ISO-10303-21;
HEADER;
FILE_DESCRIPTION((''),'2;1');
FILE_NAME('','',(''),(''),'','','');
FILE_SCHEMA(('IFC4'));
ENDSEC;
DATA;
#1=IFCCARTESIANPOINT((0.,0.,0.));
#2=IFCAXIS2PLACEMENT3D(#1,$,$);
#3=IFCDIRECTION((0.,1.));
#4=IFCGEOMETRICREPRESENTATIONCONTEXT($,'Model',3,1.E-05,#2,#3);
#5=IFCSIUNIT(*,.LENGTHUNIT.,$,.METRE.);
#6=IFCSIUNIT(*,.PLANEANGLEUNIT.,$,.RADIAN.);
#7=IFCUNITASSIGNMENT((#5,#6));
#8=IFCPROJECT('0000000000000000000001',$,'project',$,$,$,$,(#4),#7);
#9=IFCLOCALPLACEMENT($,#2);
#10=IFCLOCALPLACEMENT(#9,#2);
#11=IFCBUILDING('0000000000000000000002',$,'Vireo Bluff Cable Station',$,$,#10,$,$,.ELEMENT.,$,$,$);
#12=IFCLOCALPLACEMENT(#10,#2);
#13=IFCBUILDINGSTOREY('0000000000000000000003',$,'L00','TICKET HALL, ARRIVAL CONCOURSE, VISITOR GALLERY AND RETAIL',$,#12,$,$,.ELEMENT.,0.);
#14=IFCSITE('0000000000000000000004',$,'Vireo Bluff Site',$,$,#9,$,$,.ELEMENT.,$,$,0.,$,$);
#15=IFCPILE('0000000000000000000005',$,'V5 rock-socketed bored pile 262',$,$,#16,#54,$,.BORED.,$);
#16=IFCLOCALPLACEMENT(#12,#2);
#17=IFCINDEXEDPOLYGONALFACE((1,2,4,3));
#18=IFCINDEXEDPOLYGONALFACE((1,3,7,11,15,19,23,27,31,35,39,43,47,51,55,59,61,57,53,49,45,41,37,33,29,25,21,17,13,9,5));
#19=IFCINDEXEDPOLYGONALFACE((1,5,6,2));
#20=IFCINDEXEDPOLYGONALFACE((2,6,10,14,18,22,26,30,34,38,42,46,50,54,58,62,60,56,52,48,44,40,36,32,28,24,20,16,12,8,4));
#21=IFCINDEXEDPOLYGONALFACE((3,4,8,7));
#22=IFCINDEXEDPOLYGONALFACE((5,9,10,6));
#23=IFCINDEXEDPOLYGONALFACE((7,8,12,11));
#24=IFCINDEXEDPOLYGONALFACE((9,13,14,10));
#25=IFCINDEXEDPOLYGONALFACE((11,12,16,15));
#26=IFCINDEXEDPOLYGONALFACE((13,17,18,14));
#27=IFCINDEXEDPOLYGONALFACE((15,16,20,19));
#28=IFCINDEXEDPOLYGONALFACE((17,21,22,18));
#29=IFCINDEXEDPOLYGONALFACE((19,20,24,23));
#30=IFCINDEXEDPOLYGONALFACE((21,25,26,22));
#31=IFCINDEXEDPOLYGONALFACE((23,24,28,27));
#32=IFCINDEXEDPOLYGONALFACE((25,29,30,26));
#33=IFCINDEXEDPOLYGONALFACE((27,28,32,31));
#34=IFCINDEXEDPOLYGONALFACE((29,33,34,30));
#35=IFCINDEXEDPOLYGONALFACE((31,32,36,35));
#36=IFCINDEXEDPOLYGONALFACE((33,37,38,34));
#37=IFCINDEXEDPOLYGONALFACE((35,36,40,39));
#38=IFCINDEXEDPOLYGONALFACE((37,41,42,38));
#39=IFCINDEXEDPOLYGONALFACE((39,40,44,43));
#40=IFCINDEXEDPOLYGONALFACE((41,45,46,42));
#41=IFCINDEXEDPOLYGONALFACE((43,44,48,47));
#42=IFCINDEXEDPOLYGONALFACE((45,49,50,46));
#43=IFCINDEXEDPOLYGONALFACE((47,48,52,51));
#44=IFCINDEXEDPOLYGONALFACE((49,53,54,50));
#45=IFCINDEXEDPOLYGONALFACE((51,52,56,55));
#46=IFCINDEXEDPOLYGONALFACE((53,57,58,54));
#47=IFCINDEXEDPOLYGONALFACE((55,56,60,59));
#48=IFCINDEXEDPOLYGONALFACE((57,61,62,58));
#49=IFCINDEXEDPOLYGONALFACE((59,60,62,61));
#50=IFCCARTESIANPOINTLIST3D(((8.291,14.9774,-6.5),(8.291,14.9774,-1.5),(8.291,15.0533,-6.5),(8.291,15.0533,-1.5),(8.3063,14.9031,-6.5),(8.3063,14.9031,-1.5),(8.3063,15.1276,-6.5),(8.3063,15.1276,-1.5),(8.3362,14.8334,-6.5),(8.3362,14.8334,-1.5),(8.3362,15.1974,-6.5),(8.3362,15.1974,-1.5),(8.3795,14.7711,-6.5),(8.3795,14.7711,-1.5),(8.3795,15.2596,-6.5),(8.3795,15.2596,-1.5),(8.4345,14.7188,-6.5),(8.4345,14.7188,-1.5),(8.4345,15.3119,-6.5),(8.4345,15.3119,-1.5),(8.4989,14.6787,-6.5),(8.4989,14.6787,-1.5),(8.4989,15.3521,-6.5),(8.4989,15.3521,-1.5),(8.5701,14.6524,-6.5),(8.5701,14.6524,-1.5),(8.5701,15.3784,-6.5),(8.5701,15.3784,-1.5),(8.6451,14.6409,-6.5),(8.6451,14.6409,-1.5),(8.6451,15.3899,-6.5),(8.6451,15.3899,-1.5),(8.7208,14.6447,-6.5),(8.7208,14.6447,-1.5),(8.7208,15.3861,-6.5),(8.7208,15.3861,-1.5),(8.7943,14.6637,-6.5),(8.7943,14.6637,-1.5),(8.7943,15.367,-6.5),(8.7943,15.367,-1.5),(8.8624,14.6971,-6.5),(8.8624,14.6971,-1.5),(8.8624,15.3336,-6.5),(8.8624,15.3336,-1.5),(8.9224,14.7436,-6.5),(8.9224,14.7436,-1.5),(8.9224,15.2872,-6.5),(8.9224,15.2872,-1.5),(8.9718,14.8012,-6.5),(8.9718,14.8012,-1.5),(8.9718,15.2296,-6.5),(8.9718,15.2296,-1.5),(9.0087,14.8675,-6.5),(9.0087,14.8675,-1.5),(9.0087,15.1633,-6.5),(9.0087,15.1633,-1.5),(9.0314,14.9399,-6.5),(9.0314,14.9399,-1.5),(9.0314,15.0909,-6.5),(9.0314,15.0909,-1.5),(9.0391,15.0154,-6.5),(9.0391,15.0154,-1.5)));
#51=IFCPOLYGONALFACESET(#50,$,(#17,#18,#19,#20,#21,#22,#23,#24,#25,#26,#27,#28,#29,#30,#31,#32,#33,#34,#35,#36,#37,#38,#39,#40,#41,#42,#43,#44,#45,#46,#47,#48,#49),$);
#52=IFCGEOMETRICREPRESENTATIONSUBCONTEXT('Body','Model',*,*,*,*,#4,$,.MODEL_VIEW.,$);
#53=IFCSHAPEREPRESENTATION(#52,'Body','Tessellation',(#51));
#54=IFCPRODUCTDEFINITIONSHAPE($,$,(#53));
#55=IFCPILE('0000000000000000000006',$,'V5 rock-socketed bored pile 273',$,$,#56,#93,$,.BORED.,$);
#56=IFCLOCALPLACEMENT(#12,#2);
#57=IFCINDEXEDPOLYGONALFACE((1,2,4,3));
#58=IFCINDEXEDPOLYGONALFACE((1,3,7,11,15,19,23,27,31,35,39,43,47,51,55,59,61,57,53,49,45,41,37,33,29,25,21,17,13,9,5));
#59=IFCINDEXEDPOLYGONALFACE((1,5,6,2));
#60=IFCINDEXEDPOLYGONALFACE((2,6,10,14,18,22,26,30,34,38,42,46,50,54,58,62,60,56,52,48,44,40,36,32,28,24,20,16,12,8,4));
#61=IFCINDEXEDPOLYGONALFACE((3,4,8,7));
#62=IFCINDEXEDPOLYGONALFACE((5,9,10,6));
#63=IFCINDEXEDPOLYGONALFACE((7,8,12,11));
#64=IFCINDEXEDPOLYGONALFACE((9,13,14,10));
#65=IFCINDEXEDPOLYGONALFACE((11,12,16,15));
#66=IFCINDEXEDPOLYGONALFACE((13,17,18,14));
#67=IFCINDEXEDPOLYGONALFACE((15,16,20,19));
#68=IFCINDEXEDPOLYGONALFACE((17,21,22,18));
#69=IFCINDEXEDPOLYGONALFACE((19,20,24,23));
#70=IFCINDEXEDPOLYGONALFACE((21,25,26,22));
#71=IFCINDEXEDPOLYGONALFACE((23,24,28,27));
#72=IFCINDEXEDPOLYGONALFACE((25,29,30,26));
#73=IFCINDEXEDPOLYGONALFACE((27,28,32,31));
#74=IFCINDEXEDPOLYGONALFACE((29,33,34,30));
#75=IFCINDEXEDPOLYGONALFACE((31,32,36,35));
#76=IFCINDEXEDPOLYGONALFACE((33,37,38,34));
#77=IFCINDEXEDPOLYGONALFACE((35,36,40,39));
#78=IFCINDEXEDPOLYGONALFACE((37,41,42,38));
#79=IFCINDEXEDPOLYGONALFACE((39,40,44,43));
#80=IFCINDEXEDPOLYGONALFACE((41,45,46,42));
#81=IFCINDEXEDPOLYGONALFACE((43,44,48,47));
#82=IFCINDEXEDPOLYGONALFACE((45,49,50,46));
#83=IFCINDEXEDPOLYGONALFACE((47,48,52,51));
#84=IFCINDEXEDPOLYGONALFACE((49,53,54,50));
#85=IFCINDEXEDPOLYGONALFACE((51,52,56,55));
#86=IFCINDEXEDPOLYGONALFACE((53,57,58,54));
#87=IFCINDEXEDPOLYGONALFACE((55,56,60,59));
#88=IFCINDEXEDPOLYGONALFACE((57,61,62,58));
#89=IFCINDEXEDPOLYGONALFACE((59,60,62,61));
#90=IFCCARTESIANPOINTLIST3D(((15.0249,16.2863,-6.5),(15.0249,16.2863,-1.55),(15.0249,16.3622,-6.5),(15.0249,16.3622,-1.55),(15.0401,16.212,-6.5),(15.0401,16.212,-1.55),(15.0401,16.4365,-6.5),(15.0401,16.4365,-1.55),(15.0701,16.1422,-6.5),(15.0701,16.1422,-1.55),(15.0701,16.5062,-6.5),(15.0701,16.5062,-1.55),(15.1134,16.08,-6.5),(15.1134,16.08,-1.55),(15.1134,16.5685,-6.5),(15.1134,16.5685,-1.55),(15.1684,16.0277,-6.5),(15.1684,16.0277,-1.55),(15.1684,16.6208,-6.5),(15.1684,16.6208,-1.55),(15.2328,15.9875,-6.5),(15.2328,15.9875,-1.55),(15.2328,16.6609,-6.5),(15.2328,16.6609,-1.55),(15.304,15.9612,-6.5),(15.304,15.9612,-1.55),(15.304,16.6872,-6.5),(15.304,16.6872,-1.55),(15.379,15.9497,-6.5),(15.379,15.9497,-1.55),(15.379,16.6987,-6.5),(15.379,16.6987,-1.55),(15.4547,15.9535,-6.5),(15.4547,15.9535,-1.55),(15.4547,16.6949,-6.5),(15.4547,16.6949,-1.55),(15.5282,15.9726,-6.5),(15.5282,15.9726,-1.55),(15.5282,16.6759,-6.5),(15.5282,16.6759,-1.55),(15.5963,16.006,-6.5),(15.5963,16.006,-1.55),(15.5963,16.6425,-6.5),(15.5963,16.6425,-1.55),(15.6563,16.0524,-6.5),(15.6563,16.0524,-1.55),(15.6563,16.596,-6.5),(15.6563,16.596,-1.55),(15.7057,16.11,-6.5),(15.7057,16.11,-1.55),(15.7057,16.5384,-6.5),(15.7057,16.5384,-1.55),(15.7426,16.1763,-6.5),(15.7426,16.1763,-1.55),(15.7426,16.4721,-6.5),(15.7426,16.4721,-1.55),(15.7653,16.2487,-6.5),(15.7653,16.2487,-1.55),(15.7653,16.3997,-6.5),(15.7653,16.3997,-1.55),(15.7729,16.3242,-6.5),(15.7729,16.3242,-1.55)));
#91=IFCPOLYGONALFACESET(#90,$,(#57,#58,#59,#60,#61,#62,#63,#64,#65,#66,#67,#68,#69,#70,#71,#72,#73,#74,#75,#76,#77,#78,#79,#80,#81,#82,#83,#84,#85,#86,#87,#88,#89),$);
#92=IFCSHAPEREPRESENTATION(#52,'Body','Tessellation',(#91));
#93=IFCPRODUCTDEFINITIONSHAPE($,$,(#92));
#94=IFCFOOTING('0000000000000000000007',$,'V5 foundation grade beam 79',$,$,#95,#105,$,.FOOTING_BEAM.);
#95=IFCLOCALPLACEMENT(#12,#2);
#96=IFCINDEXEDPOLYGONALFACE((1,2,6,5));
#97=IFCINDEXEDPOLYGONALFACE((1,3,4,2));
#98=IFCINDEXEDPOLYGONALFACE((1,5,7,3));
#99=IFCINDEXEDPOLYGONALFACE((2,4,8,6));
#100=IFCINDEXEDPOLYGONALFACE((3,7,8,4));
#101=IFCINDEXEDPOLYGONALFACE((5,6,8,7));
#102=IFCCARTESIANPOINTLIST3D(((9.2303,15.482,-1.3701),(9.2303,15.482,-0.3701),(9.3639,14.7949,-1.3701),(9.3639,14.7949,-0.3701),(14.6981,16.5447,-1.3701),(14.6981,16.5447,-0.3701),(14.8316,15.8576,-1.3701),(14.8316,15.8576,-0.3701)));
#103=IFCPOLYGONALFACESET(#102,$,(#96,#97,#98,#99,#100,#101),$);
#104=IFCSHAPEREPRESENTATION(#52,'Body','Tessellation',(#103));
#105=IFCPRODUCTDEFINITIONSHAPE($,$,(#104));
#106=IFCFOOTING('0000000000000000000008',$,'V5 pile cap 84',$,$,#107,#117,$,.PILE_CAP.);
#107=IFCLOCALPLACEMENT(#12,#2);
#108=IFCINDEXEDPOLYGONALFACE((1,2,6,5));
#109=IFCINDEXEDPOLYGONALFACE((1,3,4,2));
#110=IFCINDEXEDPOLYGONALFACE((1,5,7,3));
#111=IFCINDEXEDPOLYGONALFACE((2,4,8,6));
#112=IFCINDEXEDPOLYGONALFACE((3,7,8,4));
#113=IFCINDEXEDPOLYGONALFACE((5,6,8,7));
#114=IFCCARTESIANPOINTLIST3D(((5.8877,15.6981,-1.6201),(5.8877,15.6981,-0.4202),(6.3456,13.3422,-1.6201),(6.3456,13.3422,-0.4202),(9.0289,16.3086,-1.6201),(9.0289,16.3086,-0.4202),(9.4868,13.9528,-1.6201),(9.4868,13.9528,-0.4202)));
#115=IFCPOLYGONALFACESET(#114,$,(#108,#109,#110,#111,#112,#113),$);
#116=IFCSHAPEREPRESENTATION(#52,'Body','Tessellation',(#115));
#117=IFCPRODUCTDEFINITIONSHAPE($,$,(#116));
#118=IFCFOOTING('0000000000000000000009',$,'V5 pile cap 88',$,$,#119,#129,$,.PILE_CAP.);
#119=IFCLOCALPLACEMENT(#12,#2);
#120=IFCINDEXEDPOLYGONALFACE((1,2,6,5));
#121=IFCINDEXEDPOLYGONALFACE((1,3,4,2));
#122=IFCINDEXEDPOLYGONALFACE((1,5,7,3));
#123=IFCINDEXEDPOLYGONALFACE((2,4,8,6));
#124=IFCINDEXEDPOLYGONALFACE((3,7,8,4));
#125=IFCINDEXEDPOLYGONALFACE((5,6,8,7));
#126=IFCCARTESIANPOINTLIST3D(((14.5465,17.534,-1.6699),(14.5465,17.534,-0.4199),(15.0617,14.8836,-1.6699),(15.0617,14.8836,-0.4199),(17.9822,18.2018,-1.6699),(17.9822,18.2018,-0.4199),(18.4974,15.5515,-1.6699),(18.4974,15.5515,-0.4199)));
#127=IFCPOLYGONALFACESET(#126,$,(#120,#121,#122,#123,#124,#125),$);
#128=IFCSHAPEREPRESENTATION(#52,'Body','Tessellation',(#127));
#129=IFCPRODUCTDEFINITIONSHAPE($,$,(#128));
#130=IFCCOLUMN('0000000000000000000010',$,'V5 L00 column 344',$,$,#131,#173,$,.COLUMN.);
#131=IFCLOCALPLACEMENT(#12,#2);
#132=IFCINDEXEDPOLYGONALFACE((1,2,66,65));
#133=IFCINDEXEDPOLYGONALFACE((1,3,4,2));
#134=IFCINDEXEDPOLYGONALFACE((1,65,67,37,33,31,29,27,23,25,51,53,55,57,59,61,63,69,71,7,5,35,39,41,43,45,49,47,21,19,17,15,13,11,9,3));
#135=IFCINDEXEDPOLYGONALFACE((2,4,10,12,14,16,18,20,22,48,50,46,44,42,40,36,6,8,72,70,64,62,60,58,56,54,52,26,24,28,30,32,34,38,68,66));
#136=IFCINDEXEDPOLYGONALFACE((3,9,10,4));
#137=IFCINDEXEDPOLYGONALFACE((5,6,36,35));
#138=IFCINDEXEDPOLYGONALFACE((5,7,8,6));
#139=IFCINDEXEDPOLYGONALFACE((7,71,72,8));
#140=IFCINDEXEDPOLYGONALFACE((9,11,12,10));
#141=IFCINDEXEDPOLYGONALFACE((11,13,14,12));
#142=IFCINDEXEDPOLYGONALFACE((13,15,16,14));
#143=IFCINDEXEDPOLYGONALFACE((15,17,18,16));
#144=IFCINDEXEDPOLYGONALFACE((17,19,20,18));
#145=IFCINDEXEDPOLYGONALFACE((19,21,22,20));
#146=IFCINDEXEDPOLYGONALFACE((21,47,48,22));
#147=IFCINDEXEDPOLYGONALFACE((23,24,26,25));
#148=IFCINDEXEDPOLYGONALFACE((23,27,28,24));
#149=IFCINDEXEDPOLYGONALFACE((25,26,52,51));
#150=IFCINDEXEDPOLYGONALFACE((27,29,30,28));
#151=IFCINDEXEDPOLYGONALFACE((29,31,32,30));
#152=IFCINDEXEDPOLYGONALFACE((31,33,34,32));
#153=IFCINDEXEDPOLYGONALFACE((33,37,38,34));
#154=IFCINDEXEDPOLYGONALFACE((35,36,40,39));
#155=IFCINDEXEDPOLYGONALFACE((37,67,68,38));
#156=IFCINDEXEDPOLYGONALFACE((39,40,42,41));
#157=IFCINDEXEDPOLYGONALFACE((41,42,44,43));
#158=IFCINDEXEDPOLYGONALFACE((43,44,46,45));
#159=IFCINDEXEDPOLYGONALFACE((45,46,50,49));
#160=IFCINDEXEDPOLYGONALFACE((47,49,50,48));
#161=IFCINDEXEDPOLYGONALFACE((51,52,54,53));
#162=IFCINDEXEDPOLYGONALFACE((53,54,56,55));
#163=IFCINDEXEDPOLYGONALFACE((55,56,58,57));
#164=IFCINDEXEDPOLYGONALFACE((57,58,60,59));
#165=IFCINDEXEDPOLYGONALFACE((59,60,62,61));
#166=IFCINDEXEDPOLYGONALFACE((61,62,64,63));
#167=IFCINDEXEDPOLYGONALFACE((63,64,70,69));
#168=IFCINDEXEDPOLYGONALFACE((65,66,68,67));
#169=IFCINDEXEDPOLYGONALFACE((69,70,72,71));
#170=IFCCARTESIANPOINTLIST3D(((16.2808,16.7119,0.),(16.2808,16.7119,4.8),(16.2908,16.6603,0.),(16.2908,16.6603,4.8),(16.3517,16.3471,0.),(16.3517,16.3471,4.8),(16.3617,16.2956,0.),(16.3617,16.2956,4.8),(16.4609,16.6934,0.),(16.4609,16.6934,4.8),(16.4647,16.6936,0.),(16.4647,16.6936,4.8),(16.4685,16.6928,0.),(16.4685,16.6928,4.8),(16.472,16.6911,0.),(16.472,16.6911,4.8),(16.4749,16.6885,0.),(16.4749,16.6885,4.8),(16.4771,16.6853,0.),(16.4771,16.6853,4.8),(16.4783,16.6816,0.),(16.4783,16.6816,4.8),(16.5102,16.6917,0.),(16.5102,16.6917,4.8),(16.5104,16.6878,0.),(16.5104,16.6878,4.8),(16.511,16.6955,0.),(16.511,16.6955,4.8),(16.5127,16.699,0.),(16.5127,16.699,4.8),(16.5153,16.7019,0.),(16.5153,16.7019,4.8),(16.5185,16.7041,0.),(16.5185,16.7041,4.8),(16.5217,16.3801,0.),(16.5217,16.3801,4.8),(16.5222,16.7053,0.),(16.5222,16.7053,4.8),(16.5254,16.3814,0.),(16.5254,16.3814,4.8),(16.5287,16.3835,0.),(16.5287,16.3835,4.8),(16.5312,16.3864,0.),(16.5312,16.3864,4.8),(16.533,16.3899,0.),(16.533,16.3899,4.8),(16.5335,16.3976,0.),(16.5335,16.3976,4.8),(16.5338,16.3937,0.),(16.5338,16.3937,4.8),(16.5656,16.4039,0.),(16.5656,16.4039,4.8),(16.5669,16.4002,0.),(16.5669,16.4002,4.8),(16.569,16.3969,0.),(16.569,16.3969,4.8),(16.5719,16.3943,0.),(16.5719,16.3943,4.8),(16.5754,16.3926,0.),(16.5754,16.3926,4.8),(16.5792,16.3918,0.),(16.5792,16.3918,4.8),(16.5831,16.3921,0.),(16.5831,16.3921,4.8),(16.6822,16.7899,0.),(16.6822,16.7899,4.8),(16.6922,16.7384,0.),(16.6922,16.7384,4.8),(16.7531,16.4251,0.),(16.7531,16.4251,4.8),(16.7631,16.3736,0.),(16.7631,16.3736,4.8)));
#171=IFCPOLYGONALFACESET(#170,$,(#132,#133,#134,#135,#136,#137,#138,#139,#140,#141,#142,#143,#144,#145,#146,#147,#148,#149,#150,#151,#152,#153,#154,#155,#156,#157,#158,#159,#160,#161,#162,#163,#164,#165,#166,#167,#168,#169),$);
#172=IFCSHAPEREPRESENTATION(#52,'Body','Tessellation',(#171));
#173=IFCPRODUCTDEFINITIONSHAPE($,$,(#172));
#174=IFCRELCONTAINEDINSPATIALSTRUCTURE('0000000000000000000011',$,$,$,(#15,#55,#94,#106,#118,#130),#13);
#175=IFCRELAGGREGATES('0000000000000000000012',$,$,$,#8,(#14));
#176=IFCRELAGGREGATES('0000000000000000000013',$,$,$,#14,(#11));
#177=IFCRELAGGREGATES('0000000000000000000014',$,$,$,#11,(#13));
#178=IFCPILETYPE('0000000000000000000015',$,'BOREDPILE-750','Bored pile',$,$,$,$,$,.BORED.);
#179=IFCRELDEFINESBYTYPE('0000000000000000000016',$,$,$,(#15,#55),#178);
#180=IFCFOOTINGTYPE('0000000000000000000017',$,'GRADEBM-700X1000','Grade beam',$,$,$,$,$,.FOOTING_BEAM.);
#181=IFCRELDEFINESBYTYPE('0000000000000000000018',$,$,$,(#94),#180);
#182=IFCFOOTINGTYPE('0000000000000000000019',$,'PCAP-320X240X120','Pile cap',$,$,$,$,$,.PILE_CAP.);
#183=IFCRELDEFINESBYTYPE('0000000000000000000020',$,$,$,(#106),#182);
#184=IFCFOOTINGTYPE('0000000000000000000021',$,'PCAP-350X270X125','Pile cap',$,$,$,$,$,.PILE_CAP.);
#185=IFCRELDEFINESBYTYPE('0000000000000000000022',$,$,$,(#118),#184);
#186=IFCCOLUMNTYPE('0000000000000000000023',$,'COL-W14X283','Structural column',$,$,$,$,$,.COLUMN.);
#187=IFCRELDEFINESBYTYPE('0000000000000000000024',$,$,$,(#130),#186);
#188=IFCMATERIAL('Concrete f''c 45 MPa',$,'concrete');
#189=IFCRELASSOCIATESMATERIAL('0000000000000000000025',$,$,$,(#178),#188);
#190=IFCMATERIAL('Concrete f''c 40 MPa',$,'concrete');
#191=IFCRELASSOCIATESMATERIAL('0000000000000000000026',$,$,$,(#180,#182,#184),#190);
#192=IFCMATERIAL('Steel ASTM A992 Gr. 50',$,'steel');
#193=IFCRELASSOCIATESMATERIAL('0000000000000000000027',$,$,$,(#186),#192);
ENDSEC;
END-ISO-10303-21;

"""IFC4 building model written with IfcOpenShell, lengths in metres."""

from ifc_helpers import new_model, si_unit, direction, frame, origin, origin_2d, place, context, subcontext, project, spatial, rectangle, circle, i_section, extrude, material, material_profile, profile_set, type_object, element, save


model = new_model("IFC4")

# Units and contexts
model_context = context("Model", 3, precision=1e-05, world=origin(), true_north=direction((0.0, 1.0)))
body_context = subcontext(model_context, "Body", "Model", "MODEL_VIEW")
ifc_project = project(units=[si_unit("LENGTHUNIT", "METRE"), si_unit("PLANEANGLEUNIT", "RADIAN")], contexts=[model_context])

# Site, building, storey
site_placement = place(None, origin())
site = spatial("IfcSite", under=ifc_project, at=site_placement, Name="Vireo Bluff Site", CompositionType="ELEMENT", RefElevation=0.0)
building_placement = place(site_placement, origin())
building = spatial("IfcBuilding", under=site, at=building_placement, Name="Vireo Bluff Cable Station", CompositionType="ELEMENT")
storey_placement = place(building_placement, origin())
storey = spatial("IfcBuildingStorey", under=building, at=storey_placement, Name="L00", Description="TICKET HALL, ARRIVAL CONCOURSE, VISITOR GALLERY AND RETAIL", CompositionType="ELEMENT", Elevation=0.0)

# Piles
ifc_material_1 = material(Name="Concrete f'c 45 MPa", Category="concrete")
ifc_material_profile_1 = material_profile(ifc_material_1, circle(Radius=0.375, at=origin_2d()), Name="BOREDPILE-750")
ifc_profile_set_1 = profile_set([ifc_material_profile_1], Name="Concrete f'c 45 MPa")
pile_type = type_object("IfcPileType", Name="BOREDPILE-750", Description="Bored pile", PredefinedType="BORED", material=ifc_profile_set_1)
pile_1_placement = place(storey_placement, frame((8.6641, 15.0154, -1.5), z_axis=(0.0, 0.0, -1.0), x_axis=(1.0, 0.0, 0.0)))
element("IfcPile", 1, at=pile_1_placement, inside=storey, type_object=pile_type, Name="V5 rock-socketed bored pile 262", PredefinedType="BORED", context=body_context, shape_type="SweptSolid", body=[
    extrude(circle(Radius=0.375, at=origin_2d()), origin(), (0.0, 0.0, 1.0), 5.0),
])
pile_2_placement = place(storey_placement, frame((15.3979, 16.3242, -1.55), z_axis=(0.0, 0.0, -1.0), x_axis=(1.0, 0.0, 0.0)))
element("IfcPile", 2, at=pile_2_placement, inside=storey, type_object=pile_type, Name="V5 rock-socketed bored pile 273", PredefinedType="BORED", context=body_context, shape_type="SweptSolid", body=[
    extrude(circle(Radius=0.375, at=origin_2d()), origin(), (0.0, 0.0, 1.0), 4.95),
])

# Footings
ifc_material_2 = material(Name="Concrete f'c 40 MPa", Category="concrete")
ifc_material_profile_2 = material_profile(ifc_material_2, rectangle(XDim=0.7, YDim=1.0, at=origin_2d()), Name="GRADEBM-700X1000")
ifc_profile_set_2 = profile_set([ifc_material_profile_2], Name="Concrete f'c 40 MPa")
footing_type_1 = type_object("IfcFootingType", Name="GRADEBM-700X1000", Description="Grade beam", PredefinedType="FOOTING_BEAM", material=ifc_profile_set_2)
footing_1_placement = place(storey_placement, frame((9.2971, 15.1384, -0.8701), z_axis=(0.98163, 0.190795, 0.0), x_axis=(-0.190795, 0.98163, 0.0)))
element("IfcFooting", 3, at=footing_1_placement, inside=storey, type_object=footing_type_1, Name="V5 foundation grade beam 79", PredefinedType="FOOTING_BEAM", context=body_context, shape_type="SweptSolid", body=[
    extrude(rectangle(XDim=0.7, YDim=1.0, at=origin_2d()), origin(), (0.0, 0.0, 1.0), 5.5701),
])
footing_type_2 = type_object("IfcFootingType", Name="PCAP-320X240X120", Description="Pile cap", PredefinedType="PILE_CAP", material=ifc_material_2)
footing_2_placement = place(storey_placement, frame((7.6873, 14.8254, -1.6201), z_axis=(0.0, 0.0, 1.0), x_axis=(0.981627, 0.190809, 0.0)))
element("IfcFooting", 4, at=footing_2_placement, inside=storey, type_object=footing_type_2, Name="V5 pile cap 84", PredefinedType="PILE_CAP", context=body_context, shape_type="SweptSolid", body=[
    extrude(rectangle(XDim=3.2, YDim=2.3999, at=origin_2d()), origin(), (0.0, 0.0, 1.0), 1.2),
])
footing_type_3 = type_object("IfcFootingType", Name="PCAP-350X270X125", Description="Pile cap", PredefinedType="PILE_CAP", material=ifc_material_2)
footing_3_placement = place(storey_placement, frame((16.522, 16.5427, -1.6699), z_axis=(0.0, 0.0, 1.0), x_axis=(0.981627, 0.190809, 0.0)))
element("IfcFooting", 5, at=footing_3_placement, inside=storey, type_object=footing_type_3, Name="V5 pile cap 88", PredefinedType="PILE_CAP", context=body_context, shape_type="SweptSolid", body=[
    extrude(rectangle(XDim=3.5, YDim=2.7, at=origin_2d()), origin(), (0.0, 0.0, 1.0), 1.25),
])

# Column
ifc_material_3 = material(Name="Steel ASTM A992 Gr. 50", Category="steel")
ifc_material_profile_3 = material_profile(ifc_material_3, i_section(OverallWidth=0.4089, OverallDepth=0.4241, WebThickness=0.0327, FlangeThickness=0.0525, FilletRadius=0.0149, at=origin_2d()), Name="W14X283")
ifc_profile_set_3 = profile_set([ifc_material_profile_3], Name="Steel ASTM A992 Gr. 50")
column_type_1 = type_object("IfcColumnType", Name="COL-W14X283", Description="Structural column", PredefinedType="COLUMN", material=ifc_profile_set_3)
column_1_placement = place(storey_placement, frame((16.522, 16.5427, 0.0), z_axis=(0.0, 0.0, 1.0), x_axis=(0.981627, 0.190809, 0.0)))
element("IfcColumn", 6, at=column_1_placement, inside=storey, type_object=column_type_1, Name="V5 L00 column 344", PredefinedType="COLUMN", context=body_context, shape_type="SweptSolid", body=[
    extrude(i_section(OverallWidth=0.4089, OverallDepth=0.4241, WebThickness=0.0327, FlangeThickness=0.0525, FilletRadius=0.0149, at=origin_2d()), origin(), (0.0, 0.0, 1.0), 4.8),
])

save(model, "model.ifc")
